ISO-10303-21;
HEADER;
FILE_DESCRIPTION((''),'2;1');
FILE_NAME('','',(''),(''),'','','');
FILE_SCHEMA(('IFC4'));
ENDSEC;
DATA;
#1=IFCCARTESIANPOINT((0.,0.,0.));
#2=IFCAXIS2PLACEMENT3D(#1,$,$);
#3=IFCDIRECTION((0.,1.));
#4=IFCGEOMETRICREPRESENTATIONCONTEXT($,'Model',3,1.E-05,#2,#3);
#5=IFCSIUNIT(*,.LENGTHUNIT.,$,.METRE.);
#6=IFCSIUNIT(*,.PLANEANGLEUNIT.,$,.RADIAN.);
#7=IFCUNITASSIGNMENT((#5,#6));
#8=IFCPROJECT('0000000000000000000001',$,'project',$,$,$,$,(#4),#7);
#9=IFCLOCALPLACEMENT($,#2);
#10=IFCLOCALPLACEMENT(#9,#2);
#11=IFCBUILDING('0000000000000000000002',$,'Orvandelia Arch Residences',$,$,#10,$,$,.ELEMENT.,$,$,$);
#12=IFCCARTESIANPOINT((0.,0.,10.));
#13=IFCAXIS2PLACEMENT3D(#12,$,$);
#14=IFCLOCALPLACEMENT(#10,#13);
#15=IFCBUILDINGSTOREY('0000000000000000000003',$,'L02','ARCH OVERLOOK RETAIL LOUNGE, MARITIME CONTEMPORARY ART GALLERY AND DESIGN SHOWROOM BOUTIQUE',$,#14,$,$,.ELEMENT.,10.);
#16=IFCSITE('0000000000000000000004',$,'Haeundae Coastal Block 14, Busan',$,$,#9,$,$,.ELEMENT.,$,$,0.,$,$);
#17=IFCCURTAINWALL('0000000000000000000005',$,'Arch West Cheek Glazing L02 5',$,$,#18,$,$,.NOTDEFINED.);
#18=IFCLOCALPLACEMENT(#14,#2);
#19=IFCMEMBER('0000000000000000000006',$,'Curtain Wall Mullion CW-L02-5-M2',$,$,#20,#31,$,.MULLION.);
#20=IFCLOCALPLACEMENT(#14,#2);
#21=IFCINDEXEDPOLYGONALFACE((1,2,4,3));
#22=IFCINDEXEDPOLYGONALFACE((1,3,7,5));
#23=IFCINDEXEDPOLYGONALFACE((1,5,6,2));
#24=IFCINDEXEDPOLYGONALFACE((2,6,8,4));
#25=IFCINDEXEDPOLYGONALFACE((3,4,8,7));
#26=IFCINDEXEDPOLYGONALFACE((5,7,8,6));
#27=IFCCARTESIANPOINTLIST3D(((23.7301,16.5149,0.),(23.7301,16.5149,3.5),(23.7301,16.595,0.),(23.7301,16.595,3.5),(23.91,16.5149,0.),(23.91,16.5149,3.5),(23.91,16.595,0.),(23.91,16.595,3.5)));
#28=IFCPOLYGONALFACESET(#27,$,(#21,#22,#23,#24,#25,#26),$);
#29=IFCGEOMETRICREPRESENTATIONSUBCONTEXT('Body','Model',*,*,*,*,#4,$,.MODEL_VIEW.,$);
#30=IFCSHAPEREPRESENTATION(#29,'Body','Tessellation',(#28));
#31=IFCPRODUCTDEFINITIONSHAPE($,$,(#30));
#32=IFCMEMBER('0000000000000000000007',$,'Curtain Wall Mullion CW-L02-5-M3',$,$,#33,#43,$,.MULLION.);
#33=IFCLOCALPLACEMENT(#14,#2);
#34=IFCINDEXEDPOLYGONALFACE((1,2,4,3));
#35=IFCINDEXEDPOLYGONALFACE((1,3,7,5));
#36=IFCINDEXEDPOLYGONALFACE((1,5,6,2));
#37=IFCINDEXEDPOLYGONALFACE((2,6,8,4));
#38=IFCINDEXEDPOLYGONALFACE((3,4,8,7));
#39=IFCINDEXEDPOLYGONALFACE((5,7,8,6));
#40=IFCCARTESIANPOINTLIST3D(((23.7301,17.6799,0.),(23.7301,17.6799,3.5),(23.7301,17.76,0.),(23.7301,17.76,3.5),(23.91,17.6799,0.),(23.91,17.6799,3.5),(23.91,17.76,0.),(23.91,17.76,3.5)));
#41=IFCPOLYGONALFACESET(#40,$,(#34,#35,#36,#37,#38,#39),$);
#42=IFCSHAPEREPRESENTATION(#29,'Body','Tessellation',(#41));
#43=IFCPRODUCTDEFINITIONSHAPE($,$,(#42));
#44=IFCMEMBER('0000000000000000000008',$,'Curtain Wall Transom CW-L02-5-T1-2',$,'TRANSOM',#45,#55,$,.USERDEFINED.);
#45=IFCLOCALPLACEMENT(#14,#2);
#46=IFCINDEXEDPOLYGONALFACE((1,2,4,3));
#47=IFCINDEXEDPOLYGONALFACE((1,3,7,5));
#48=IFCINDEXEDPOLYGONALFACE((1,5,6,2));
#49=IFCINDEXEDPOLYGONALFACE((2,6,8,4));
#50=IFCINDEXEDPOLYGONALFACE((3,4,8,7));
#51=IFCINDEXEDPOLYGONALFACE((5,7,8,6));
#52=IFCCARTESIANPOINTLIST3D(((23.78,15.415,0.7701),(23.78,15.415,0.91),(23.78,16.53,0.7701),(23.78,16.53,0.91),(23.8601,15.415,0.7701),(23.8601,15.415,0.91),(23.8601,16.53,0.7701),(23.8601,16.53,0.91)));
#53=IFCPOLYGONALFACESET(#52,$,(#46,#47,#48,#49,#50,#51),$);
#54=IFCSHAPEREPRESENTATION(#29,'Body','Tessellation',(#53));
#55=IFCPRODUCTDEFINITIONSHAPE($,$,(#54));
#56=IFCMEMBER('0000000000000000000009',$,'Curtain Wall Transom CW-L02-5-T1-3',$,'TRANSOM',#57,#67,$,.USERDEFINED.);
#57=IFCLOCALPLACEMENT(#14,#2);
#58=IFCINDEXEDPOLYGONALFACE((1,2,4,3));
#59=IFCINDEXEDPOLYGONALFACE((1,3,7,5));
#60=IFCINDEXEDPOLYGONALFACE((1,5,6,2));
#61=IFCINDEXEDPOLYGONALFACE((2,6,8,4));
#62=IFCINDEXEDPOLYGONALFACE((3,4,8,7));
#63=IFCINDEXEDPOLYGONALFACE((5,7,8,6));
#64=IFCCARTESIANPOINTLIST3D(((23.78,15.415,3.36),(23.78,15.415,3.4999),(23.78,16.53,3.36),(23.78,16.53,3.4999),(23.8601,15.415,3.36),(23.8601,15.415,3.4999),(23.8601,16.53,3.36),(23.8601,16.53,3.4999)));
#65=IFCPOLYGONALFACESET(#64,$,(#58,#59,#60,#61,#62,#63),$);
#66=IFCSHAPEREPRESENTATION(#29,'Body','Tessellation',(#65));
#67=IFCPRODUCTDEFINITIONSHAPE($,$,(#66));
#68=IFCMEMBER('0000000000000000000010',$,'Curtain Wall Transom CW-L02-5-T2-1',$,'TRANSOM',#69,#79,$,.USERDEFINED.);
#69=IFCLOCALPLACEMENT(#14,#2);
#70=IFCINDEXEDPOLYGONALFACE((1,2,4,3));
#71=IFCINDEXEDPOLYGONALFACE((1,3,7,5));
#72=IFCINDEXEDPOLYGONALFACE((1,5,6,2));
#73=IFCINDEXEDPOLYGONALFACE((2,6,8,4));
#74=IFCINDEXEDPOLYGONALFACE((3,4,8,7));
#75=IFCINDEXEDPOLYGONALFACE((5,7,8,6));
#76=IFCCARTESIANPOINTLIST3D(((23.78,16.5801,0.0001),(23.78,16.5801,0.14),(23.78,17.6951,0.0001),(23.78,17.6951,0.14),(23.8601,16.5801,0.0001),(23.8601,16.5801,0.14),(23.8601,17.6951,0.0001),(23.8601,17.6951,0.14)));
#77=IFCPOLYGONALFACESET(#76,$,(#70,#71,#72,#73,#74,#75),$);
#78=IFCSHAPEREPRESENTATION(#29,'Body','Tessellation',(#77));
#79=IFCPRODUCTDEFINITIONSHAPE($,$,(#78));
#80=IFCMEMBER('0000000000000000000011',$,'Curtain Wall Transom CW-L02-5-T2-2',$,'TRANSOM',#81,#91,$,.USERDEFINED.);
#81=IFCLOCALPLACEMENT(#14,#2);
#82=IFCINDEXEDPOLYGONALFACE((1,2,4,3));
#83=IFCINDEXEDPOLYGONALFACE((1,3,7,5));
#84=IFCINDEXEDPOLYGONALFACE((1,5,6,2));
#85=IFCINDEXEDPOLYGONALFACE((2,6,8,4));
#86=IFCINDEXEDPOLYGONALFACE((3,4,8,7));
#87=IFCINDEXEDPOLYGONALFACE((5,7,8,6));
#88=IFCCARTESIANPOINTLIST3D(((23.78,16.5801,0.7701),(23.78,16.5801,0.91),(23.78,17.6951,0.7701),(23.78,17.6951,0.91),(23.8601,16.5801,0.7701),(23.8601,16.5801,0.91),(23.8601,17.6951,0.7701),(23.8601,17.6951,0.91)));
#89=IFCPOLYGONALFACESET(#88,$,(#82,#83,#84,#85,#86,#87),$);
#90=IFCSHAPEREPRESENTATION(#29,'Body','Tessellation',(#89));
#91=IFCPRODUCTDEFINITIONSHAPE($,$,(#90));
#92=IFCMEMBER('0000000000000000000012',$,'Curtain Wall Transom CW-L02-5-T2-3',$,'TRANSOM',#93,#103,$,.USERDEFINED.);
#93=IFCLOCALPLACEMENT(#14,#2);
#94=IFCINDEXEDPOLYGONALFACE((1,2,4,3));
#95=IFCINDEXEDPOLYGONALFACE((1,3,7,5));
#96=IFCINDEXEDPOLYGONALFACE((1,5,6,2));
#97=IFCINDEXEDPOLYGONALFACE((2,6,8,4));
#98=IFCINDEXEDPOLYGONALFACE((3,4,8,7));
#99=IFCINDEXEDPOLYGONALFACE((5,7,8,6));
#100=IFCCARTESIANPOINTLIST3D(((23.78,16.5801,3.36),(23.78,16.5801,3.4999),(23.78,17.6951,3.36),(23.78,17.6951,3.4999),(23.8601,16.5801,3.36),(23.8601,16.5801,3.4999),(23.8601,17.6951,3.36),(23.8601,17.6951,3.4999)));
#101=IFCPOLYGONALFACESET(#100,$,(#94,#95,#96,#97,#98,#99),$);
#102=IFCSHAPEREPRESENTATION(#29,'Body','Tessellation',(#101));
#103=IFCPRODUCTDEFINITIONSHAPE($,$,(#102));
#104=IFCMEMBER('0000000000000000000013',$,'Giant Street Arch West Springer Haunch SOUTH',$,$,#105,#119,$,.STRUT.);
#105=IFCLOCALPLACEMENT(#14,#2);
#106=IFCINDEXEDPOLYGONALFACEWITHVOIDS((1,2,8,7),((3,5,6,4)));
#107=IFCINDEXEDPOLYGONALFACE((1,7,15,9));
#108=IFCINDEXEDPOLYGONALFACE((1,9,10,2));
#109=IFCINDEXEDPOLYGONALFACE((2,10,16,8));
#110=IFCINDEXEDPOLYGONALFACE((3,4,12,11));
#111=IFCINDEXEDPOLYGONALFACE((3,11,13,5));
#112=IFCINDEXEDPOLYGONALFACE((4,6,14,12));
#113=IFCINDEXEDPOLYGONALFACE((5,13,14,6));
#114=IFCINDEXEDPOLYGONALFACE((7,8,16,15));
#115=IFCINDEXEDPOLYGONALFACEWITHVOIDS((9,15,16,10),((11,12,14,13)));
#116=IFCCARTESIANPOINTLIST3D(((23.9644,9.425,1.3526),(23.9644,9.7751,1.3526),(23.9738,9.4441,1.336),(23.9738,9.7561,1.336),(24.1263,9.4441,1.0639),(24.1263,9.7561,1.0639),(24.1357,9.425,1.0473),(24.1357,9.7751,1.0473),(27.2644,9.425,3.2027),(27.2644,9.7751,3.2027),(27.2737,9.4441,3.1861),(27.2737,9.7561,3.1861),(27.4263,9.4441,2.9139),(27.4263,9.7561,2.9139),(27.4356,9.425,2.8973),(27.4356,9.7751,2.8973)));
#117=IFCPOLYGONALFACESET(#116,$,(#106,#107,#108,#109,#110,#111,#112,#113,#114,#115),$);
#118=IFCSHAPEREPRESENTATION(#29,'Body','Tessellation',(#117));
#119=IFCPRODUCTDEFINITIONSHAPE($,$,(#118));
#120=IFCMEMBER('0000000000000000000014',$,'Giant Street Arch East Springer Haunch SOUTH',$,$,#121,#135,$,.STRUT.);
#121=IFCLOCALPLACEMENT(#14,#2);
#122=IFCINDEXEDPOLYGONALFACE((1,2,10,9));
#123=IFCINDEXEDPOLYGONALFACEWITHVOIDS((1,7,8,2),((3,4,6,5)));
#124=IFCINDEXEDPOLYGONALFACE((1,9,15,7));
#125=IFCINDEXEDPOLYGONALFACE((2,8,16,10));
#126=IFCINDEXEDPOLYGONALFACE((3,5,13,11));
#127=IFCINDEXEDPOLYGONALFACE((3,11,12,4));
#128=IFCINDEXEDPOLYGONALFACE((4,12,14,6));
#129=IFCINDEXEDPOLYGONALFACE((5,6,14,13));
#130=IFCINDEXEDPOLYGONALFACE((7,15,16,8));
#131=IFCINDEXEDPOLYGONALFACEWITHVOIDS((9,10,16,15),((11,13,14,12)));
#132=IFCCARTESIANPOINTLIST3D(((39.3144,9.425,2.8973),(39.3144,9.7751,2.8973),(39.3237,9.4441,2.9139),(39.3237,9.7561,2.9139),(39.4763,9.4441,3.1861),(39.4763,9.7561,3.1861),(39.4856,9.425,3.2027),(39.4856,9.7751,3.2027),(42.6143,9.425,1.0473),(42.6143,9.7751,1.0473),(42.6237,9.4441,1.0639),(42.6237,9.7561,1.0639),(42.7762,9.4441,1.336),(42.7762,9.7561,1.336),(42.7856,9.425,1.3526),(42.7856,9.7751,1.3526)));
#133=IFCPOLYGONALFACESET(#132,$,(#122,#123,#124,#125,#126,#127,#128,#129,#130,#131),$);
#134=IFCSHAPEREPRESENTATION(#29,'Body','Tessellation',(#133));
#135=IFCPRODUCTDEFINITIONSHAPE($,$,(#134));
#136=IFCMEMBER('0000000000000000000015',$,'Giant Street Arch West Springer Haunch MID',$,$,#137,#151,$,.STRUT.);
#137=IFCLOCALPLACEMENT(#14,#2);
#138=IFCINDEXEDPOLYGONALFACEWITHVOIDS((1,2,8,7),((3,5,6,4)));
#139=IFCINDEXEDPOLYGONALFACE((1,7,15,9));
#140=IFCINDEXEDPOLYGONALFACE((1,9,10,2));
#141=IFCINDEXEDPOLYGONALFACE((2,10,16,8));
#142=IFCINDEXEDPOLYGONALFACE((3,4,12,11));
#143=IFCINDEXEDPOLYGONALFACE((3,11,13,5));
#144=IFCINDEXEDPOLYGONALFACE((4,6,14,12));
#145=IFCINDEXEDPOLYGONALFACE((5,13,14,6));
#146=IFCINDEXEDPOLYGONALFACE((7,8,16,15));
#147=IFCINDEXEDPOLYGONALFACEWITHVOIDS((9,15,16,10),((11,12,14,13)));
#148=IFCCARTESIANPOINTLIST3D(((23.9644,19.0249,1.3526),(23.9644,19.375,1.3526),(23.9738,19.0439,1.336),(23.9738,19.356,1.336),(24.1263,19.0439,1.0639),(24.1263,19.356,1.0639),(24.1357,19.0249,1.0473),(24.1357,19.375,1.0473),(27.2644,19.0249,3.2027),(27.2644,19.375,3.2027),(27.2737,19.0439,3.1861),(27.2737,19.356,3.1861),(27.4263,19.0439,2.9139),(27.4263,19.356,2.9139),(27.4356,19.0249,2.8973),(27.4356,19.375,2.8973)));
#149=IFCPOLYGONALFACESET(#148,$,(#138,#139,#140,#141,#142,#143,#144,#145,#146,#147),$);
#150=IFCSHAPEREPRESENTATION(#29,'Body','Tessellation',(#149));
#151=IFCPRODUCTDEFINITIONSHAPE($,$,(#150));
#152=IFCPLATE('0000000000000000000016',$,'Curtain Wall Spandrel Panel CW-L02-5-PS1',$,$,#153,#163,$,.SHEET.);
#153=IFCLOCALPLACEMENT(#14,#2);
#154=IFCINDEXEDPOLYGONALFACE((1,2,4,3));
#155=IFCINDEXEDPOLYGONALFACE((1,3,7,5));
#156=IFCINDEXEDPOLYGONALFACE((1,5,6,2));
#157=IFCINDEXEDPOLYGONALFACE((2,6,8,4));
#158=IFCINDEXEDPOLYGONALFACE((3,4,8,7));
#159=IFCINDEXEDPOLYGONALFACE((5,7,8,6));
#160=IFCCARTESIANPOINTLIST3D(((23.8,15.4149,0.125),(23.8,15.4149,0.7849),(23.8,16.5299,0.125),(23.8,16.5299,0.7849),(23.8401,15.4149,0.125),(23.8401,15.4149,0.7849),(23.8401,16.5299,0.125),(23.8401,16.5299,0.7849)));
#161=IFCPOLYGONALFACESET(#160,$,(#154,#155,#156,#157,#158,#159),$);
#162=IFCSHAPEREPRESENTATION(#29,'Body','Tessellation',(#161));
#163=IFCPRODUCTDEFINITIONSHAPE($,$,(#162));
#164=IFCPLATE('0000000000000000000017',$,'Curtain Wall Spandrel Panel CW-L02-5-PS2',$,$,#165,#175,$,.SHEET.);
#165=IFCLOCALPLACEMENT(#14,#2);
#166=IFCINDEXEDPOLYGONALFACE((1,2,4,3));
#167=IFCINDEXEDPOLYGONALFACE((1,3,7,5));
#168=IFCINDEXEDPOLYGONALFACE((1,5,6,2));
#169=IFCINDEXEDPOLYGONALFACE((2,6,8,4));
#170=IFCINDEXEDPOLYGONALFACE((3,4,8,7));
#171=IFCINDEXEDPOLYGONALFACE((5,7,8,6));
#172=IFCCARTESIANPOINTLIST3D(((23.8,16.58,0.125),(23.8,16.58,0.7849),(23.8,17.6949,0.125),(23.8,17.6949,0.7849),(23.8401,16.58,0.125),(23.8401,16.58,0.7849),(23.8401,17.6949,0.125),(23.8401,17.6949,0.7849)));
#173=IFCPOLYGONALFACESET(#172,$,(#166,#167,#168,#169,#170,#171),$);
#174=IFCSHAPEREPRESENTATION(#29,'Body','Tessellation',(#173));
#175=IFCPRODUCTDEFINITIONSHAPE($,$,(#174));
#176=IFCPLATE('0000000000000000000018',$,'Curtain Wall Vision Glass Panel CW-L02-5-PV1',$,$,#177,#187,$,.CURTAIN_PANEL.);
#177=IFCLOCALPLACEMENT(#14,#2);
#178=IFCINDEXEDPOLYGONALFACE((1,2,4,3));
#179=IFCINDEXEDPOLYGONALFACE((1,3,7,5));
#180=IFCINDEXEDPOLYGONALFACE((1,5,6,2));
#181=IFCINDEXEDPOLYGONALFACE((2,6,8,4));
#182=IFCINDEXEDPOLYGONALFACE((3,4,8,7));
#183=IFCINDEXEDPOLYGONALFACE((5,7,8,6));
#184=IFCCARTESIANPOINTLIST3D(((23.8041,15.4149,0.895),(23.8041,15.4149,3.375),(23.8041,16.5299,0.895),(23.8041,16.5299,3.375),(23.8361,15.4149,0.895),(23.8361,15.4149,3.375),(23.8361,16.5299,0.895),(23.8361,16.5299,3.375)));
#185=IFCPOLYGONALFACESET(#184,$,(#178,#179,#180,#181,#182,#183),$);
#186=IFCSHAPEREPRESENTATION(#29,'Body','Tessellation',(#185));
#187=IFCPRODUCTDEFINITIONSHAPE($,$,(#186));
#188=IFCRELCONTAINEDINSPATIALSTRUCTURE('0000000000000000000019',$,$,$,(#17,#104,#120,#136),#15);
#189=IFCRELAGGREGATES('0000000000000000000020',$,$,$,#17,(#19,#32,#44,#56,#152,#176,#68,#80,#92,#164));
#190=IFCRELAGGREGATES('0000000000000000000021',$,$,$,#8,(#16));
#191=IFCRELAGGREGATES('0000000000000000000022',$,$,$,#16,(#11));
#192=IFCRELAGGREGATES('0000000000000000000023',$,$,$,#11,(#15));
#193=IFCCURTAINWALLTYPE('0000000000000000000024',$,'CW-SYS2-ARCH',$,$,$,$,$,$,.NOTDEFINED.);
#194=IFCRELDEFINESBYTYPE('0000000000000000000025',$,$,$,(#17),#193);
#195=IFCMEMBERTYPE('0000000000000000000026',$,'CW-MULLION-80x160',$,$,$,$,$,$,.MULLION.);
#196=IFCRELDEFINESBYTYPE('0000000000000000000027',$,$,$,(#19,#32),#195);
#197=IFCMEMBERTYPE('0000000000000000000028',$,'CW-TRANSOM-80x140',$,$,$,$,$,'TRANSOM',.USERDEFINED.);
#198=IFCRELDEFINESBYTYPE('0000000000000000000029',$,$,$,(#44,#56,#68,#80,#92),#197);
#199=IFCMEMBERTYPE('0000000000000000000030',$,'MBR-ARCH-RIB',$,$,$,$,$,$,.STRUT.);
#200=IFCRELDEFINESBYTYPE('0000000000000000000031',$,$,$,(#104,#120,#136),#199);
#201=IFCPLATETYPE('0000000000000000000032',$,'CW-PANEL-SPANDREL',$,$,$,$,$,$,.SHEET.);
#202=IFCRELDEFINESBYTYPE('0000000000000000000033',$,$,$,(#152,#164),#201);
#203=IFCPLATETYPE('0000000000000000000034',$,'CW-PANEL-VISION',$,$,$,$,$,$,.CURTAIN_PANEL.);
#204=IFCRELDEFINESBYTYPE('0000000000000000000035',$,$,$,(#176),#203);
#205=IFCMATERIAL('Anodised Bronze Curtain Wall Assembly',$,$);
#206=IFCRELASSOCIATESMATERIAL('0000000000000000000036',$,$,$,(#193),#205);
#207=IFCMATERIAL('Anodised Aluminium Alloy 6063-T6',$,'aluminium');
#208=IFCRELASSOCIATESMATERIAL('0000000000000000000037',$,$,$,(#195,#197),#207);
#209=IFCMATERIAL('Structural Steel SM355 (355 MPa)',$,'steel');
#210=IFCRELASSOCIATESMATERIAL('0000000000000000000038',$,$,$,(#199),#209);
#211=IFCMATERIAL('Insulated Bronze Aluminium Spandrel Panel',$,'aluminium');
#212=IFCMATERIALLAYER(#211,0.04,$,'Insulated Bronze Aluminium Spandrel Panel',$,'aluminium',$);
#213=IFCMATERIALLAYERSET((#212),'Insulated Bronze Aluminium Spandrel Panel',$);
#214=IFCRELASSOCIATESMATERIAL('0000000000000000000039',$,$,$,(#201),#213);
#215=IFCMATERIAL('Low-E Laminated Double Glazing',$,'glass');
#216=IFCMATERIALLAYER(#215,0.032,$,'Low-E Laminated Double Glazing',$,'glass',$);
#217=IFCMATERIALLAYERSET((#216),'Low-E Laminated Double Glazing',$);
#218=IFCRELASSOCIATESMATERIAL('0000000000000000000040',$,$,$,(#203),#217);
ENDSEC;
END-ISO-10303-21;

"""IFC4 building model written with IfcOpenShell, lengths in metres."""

from ifc_helpers import new_model, si_unit, direction, frame, origin, origin_2d, place, context, subcontext, project, spatial, rectangle, hollow_rectangle, extrude, material, layer, layer_set, material_profile, profile_set, type_object, element, aggregate, save


model = new_model("IFC4")

# Units and contexts
model_context = context("Model", 3, precision=1e-05, world=origin(), true_north=direction((0.0, 1.0)))
body_context = subcontext(model_context, "Body", "Model", "MODEL_VIEW")
ifc_project = project(units=[si_unit("LENGTHUNIT", "METRE"), si_unit("PLANEANGLEUNIT", "RADIAN")], contexts=[model_context])

# Site, building, storey
site_placement = place(None, origin())
site = spatial("IfcSite", under=ifc_project, at=site_placement, Name="Haeundae Coastal Block 14, Busan", CompositionType="ELEMENT", RefElevation=0.0)
building_placement = place(site_placement, origin())
building = spatial("IfcBuilding", under=site, at=building_placement, Name="Orvandelia Arch Residences", CompositionType="ELEMENT")
storey_placement = place(building_placement, frame((0.0, 0.0, 10.0)))
storey = spatial("IfcBuildingStorey", under=building, at=storey_placement, Name="L02", Description="ARCH OVERLOOK RETAIL LOUNGE, MARITIME CONTEMPORARY ART GALLERY AND DESIGN SHOWROOM BOUTIQUE", CompositionType="ELEMENT", Elevation=10.0)

# Curtain wall, members
ifc_material_1 = material(Name="Anodised Bronze Curtain Wall Assembly")
curtain_wall_type = type_object("IfcCurtainWallType", Name="CW-SYS2-ARCH", PredefinedType="NOTDEFINED", material=ifc_material_1)
curtain_wall_placement = place(storey_placement, origin())
curtain_wall = element("IfcCurtainWall", 1, at=curtain_wall_placement, inside=storey, type_object=curtain_wall_type, Name="Arch West Cheek Glazing L02 5", PredefinedType="NOTDEFINED")
ifc_material_2 = material(Name="Anodised Aluminium Alloy 6063-T6", Category="aluminium")
ifc_material_profile_1 = material_profile(ifc_material_2, rectangle(XDim=0.0801, YDim=0.1799, at=origin_2d()), Name="Anodised Aluminium Alloy 6063-T6", Category="aluminium")
ifc_profile_set_1 = profile_set([ifc_material_profile_1], Name="Anodised Aluminium Alloy 6063-T6")
member_type_1 = type_object("IfcMemberType", Name="CW-MULLION-80x160", PredefinedType="MULLION", material=ifc_profile_set_1)
member_1_placement = place(storey_placement, frame((23.8201, 16.5549, 0.0), z_axis=(0.0, 0.0, 1.0), x_axis=(0.0, 1.0, 0.0)))
member_1 = element("IfcMember", 2, at=member_1_placement, type_object=member_type_1, Name="Curtain Wall Mullion CW-L02-5-M2", PredefinedType="MULLION", context=body_context, shape_type="SweptSolid", body=[
    extrude(rectangle(XDim=0.0801, YDim=0.1799, at=origin_2d()), origin(), (0.0, 0.0, 1.0), 3.5),
])
member_2_placement = place(storey_placement, frame((23.8201, 17.72, 0.0), z_axis=(0.0, 0.0, 1.0), x_axis=(0.0, 1.0, 0.0)))
member_2 = element("IfcMember", 3, at=member_2_placement, type_object=member_type_1, Name="Curtain Wall Mullion CW-L02-5-M3", PredefinedType="MULLION", context=body_context, shape_type="SweptSolid", body=[
    extrude(rectangle(XDim=0.0801, YDim=0.1799, at=origin_2d()), origin(), (0.0, 0.0, 1.0), 3.5),
])
ifc_material_profile_2 = material_profile(ifc_material_2, rectangle(XDim=0.0801, YDim=0.1399, at=origin_2d()), Name="Anodised Aluminium Alloy 6063-T6", Category="aluminium")
ifc_profile_set_2 = profile_set([ifc_material_profile_2], Name="Anodised Aluminium Alloy 6063-T6")
member_type_2 = type_object("IfcMemberType", Name="CW-TRANSOM-80x140", ElementType="TRANSOM", PredefinedType="USERDEFINED", material=ifc_profile_set_2)
member_3_placement = place(storey_placement, frame((23.8201, 15.415, 0.8401), z_axis=(0.0, 1.0, 0.0), x_axis=(-1.0, 0.0, 0.0)))
member_3 = element("IfcMember", 4, at=member_3_placement, type_object=member_type_2, Name="Curtain Wall Transom CW-L02-5-T1-2", ObjectType="TRANSOM", PredefinedType="USERDEFINED", context=body_context, shape_type="SweptSolid", body=[
    extrude(rectangle(XDim=0.0801, YDim=0.1399, at=origin_2d()), origin(), (0.0, 0.0, 1.0), 1.115),
])
member_4_placement = place(storey_placement, frame((23.8201, 15.415, 3.4299), z_axis=(0.0, 1.0, 0.0), x_axis=(-1.0, 0.0, 0.0)))
member_4 = element("IfcMember", 5, at=member_4_placement, type_object=member_type_2, Name="Curtain Wall Transom CW-L02-5-T1-3", ObjectType="TRANSOM", PredefinedType="USERDEFINED", context=body_context, shape_type="SweptSolid", body=[
    extrude(rectangle(XDim=0.0801, YDim=0.1399, at=origin_2d()), origin(), (0.0, 0.0, 1.0), 1.115),
])
member_5_placement = place(storey_placement, frame((23.8201, 16.5801, 0.0701), z_axis=(0.0, 1.0, 0.0), x_axis=(-1.0, 0.0, 0.0)))
member_5 = element("IfcMember", 6, at=member_5_placement, type_object=member_type_2, Name="Curtain Wall Transom CW-L02-5-T2-1", ObjectType="TRANSOM", PredefinedType="USERDEFINED", context=body_context, shape_type="SweptSolid", body=[
    extrude(rectangle(XDim=0.0801, YDim=0.1399, at=origin_2d()), origin(), (0.0, 0.0, 1.0), 1.115),
])
member_6_placement = place(storey_placement, frame((23.8201, 16.5801, 0.8401), z_axis=(0.0, 1.0, 0.0), x_axis=(-1.0, 0.0, 0.0)))
member_6 = element("IfcMember", 7, at=member_6_placement, type_object=member_type_2, Name="Curtain Wall Transom CW-L02-5-T2-2", ObjectType="TRANSOM", PredefinedType="USERDEFINED", context=body_context, shape_type="SweptSolid", body=[
    extrude(rectangle(XDim=0.0801, YDim=0.1399, at=origin_2d()), origin(), (0.0, 0.0, 1.0), 1.115),
])
member_7_placement = place(storey_placement, frame((23.8201, 16.5801, 3.4299), z_axis=(0.0, 1.0, 0.0), x_axis=(-1.0, 0.0, 0.0)))
member_7 = element("IfcMember", 8, at=member_7_placement, type_object=member_type_2, Name="Curtain Wall Transom CW-L02-5-T2-3", ObjectType="TRANSOM", PredefinedType="USERDEFINED", context=body_context, shape_type="SweptSolid", body=[
    extrude(rectangle(XDim=0.0801, YDim=0.1399, at=origin_2d()), origin(), (0.0, 0.0, 1.0), 1.115),
])

# Members
ifc_material_3 = material(Name="Structural Steel SM355 (355 MPa)", Category="steel")
ifc_material_profile_3 = material_profile(ifc_material_3, hollow_rectangle(XDim=0.3501, YDim=0.3501, WallThickness=0.019, at=origin_2d()), Name="Structural Steel SM355 (355 MPa)", Category="steel")
ifc_profile_set_3 = profile_set([ifc_material_profile_3], Name="Structural Steel SM355 (355 MPa)")
member_type_3 = type_object("IfcMemberType", Name="MBR-ARCH-RIB", PredefinedType="STRUT", material=ifc_profile_set_3)
for number, where, z_axis, x_axis, name in (
    (9, (24.05, 9.6001, 1.2), (0.872273, 0.0, 0.48902), (0.0, 1.0, 0.0), "Giant Street Arch West Springer Haunch SOUTH"),
    (10, (42.7, 9.6001, 1.2), (-0.872273, 0.0, 0.48902), (0.0, -1.0, 0.0), "Giant Street Arch East Springer Haunch SOUTH"),
    (11, (24.05, 19.2, 1.2), (0.872273, 0.0, 0.48902), (0.0, 1.0, 0.0), "Giant Street Arch West Springer Haunch MID"),
):
    element("IfcMember", number, at=place(storey_placement, frame(where, z_axis=z_axis, x_axis=x_axis)), inside=storey, type_object=member_type_3, Name=name, PredefinedType="STRUT", context=body_context, shape_type="SweptSolid", body=[
        extrude(hollow_rectangle(XDim=0.3501, YDim=0.3501, WallThickness=0.019, at=origin_2d()), origin(), (0.0, 0.0, 1.0), 3.7832),
    ])

# Plates
ifc_material_4 = material(Name="Insulated Bronze Aluminium Spandrel Panel", Category="aluminium")
ifc_layer_1 = layer(ifc_material_4, 0.04, Name="Insulated Bronze Aluminium Spandrel Panel", Category="aluminium")
ifc_layer_set_1 = layer_set([ifc_layer_1], Name="Insulated Bronze Aluminium Spandrel Panel")
plate_type_1 = type_object("IfcPlateType", Name="CW-PANEL-SPANDREL", PredefinedType="SHEET", material=ifc_layer_set_1)
plate_1_placement = place(storey_placement, frame((23.8201, 15.9724, 0.125), z_axis=(0.0, 0.0, 1.0), x_axis=(0.0, 1.0, 0.0)))
plate_1 = element("IfcPlate", 12, at=plate_1_placement, type_object=plate_type_1, Name="Curtain Wall Spandrel Panel CW-L02-5-PS1", PredefinedType="SHEET", context=body_context, shape_type="SweptSolid", body=[
    extrude(rectangle(XDim=1.115, YDim=0.04, at=origin_2d()), origin(), (0.0, 0.0, 1.0), 0.6599),
])
plate_2_placement = place(storey_placement, frame((23.8201, 17.1375, 0.125), z_axis=(0.0, 0.0, 1.0), x_axis=(0.0, 1.0, 0.0)))
plate_2 = element("IfcPlate", 13, at=plate_2_placement, type_object=plate_type_1, Name="Curtain Wall Spandrel Panel CW-L02-5-PS2", PredefinedType="SHEET", context=body_context, shape_type="SweptSolid", body=[
    extrude(rectangle(XDim=1.115, YDim=0.04, at=origin_2d()), origin(), (0.0, 0.0, 1.0), 0.6599),
])
ifc_material_5 = material(Name="Low-E Laminated Double Glazing", Category="glass")
ifc_layer_2 = layer(ifc_material_5, 0.032, Name="Low-E Laminated Double Glazing", Category="glass")
ifc_layer_set_2 = layer_set([ifc_layer_2], Name="Low-E Laminated Double Glazing")
plate_type_2 = type_object("IfcPlateType", Name="CW-PANEL-VISION", PredefinedType="CURTAIN_PANEL", material=ifc_layer_set_2)
plate_3_placement = place(storey_placement, frame((23.8201, 15.9724, 0.895), z_axis=(0.0, 0.0, 1.0), x_axis=(0.0, 1.0, 0.0)))
plate_3 = element("IfcPlate", 14, at=plate_3_placement, type_object=plate_type_2, Name="Curtain Wall Vision Glass Panel CW-L02-5-PV1", PredefinedType="CURTAIN_PANEL", context=body_context, shape_type="SweptSolid", body=[
    extrude(rectangle(XDim=1.115, YDim=0.032, at=origin_2d()), origin(), (0.0, 0.0, 1.0), 2.48),
])
aggregate(curtain_wall, [member_1, member_2, member_3, member_4, plate_1, plate_3, member_5, member_6, member_7, plate_2])

save(model, "model.ifc")
